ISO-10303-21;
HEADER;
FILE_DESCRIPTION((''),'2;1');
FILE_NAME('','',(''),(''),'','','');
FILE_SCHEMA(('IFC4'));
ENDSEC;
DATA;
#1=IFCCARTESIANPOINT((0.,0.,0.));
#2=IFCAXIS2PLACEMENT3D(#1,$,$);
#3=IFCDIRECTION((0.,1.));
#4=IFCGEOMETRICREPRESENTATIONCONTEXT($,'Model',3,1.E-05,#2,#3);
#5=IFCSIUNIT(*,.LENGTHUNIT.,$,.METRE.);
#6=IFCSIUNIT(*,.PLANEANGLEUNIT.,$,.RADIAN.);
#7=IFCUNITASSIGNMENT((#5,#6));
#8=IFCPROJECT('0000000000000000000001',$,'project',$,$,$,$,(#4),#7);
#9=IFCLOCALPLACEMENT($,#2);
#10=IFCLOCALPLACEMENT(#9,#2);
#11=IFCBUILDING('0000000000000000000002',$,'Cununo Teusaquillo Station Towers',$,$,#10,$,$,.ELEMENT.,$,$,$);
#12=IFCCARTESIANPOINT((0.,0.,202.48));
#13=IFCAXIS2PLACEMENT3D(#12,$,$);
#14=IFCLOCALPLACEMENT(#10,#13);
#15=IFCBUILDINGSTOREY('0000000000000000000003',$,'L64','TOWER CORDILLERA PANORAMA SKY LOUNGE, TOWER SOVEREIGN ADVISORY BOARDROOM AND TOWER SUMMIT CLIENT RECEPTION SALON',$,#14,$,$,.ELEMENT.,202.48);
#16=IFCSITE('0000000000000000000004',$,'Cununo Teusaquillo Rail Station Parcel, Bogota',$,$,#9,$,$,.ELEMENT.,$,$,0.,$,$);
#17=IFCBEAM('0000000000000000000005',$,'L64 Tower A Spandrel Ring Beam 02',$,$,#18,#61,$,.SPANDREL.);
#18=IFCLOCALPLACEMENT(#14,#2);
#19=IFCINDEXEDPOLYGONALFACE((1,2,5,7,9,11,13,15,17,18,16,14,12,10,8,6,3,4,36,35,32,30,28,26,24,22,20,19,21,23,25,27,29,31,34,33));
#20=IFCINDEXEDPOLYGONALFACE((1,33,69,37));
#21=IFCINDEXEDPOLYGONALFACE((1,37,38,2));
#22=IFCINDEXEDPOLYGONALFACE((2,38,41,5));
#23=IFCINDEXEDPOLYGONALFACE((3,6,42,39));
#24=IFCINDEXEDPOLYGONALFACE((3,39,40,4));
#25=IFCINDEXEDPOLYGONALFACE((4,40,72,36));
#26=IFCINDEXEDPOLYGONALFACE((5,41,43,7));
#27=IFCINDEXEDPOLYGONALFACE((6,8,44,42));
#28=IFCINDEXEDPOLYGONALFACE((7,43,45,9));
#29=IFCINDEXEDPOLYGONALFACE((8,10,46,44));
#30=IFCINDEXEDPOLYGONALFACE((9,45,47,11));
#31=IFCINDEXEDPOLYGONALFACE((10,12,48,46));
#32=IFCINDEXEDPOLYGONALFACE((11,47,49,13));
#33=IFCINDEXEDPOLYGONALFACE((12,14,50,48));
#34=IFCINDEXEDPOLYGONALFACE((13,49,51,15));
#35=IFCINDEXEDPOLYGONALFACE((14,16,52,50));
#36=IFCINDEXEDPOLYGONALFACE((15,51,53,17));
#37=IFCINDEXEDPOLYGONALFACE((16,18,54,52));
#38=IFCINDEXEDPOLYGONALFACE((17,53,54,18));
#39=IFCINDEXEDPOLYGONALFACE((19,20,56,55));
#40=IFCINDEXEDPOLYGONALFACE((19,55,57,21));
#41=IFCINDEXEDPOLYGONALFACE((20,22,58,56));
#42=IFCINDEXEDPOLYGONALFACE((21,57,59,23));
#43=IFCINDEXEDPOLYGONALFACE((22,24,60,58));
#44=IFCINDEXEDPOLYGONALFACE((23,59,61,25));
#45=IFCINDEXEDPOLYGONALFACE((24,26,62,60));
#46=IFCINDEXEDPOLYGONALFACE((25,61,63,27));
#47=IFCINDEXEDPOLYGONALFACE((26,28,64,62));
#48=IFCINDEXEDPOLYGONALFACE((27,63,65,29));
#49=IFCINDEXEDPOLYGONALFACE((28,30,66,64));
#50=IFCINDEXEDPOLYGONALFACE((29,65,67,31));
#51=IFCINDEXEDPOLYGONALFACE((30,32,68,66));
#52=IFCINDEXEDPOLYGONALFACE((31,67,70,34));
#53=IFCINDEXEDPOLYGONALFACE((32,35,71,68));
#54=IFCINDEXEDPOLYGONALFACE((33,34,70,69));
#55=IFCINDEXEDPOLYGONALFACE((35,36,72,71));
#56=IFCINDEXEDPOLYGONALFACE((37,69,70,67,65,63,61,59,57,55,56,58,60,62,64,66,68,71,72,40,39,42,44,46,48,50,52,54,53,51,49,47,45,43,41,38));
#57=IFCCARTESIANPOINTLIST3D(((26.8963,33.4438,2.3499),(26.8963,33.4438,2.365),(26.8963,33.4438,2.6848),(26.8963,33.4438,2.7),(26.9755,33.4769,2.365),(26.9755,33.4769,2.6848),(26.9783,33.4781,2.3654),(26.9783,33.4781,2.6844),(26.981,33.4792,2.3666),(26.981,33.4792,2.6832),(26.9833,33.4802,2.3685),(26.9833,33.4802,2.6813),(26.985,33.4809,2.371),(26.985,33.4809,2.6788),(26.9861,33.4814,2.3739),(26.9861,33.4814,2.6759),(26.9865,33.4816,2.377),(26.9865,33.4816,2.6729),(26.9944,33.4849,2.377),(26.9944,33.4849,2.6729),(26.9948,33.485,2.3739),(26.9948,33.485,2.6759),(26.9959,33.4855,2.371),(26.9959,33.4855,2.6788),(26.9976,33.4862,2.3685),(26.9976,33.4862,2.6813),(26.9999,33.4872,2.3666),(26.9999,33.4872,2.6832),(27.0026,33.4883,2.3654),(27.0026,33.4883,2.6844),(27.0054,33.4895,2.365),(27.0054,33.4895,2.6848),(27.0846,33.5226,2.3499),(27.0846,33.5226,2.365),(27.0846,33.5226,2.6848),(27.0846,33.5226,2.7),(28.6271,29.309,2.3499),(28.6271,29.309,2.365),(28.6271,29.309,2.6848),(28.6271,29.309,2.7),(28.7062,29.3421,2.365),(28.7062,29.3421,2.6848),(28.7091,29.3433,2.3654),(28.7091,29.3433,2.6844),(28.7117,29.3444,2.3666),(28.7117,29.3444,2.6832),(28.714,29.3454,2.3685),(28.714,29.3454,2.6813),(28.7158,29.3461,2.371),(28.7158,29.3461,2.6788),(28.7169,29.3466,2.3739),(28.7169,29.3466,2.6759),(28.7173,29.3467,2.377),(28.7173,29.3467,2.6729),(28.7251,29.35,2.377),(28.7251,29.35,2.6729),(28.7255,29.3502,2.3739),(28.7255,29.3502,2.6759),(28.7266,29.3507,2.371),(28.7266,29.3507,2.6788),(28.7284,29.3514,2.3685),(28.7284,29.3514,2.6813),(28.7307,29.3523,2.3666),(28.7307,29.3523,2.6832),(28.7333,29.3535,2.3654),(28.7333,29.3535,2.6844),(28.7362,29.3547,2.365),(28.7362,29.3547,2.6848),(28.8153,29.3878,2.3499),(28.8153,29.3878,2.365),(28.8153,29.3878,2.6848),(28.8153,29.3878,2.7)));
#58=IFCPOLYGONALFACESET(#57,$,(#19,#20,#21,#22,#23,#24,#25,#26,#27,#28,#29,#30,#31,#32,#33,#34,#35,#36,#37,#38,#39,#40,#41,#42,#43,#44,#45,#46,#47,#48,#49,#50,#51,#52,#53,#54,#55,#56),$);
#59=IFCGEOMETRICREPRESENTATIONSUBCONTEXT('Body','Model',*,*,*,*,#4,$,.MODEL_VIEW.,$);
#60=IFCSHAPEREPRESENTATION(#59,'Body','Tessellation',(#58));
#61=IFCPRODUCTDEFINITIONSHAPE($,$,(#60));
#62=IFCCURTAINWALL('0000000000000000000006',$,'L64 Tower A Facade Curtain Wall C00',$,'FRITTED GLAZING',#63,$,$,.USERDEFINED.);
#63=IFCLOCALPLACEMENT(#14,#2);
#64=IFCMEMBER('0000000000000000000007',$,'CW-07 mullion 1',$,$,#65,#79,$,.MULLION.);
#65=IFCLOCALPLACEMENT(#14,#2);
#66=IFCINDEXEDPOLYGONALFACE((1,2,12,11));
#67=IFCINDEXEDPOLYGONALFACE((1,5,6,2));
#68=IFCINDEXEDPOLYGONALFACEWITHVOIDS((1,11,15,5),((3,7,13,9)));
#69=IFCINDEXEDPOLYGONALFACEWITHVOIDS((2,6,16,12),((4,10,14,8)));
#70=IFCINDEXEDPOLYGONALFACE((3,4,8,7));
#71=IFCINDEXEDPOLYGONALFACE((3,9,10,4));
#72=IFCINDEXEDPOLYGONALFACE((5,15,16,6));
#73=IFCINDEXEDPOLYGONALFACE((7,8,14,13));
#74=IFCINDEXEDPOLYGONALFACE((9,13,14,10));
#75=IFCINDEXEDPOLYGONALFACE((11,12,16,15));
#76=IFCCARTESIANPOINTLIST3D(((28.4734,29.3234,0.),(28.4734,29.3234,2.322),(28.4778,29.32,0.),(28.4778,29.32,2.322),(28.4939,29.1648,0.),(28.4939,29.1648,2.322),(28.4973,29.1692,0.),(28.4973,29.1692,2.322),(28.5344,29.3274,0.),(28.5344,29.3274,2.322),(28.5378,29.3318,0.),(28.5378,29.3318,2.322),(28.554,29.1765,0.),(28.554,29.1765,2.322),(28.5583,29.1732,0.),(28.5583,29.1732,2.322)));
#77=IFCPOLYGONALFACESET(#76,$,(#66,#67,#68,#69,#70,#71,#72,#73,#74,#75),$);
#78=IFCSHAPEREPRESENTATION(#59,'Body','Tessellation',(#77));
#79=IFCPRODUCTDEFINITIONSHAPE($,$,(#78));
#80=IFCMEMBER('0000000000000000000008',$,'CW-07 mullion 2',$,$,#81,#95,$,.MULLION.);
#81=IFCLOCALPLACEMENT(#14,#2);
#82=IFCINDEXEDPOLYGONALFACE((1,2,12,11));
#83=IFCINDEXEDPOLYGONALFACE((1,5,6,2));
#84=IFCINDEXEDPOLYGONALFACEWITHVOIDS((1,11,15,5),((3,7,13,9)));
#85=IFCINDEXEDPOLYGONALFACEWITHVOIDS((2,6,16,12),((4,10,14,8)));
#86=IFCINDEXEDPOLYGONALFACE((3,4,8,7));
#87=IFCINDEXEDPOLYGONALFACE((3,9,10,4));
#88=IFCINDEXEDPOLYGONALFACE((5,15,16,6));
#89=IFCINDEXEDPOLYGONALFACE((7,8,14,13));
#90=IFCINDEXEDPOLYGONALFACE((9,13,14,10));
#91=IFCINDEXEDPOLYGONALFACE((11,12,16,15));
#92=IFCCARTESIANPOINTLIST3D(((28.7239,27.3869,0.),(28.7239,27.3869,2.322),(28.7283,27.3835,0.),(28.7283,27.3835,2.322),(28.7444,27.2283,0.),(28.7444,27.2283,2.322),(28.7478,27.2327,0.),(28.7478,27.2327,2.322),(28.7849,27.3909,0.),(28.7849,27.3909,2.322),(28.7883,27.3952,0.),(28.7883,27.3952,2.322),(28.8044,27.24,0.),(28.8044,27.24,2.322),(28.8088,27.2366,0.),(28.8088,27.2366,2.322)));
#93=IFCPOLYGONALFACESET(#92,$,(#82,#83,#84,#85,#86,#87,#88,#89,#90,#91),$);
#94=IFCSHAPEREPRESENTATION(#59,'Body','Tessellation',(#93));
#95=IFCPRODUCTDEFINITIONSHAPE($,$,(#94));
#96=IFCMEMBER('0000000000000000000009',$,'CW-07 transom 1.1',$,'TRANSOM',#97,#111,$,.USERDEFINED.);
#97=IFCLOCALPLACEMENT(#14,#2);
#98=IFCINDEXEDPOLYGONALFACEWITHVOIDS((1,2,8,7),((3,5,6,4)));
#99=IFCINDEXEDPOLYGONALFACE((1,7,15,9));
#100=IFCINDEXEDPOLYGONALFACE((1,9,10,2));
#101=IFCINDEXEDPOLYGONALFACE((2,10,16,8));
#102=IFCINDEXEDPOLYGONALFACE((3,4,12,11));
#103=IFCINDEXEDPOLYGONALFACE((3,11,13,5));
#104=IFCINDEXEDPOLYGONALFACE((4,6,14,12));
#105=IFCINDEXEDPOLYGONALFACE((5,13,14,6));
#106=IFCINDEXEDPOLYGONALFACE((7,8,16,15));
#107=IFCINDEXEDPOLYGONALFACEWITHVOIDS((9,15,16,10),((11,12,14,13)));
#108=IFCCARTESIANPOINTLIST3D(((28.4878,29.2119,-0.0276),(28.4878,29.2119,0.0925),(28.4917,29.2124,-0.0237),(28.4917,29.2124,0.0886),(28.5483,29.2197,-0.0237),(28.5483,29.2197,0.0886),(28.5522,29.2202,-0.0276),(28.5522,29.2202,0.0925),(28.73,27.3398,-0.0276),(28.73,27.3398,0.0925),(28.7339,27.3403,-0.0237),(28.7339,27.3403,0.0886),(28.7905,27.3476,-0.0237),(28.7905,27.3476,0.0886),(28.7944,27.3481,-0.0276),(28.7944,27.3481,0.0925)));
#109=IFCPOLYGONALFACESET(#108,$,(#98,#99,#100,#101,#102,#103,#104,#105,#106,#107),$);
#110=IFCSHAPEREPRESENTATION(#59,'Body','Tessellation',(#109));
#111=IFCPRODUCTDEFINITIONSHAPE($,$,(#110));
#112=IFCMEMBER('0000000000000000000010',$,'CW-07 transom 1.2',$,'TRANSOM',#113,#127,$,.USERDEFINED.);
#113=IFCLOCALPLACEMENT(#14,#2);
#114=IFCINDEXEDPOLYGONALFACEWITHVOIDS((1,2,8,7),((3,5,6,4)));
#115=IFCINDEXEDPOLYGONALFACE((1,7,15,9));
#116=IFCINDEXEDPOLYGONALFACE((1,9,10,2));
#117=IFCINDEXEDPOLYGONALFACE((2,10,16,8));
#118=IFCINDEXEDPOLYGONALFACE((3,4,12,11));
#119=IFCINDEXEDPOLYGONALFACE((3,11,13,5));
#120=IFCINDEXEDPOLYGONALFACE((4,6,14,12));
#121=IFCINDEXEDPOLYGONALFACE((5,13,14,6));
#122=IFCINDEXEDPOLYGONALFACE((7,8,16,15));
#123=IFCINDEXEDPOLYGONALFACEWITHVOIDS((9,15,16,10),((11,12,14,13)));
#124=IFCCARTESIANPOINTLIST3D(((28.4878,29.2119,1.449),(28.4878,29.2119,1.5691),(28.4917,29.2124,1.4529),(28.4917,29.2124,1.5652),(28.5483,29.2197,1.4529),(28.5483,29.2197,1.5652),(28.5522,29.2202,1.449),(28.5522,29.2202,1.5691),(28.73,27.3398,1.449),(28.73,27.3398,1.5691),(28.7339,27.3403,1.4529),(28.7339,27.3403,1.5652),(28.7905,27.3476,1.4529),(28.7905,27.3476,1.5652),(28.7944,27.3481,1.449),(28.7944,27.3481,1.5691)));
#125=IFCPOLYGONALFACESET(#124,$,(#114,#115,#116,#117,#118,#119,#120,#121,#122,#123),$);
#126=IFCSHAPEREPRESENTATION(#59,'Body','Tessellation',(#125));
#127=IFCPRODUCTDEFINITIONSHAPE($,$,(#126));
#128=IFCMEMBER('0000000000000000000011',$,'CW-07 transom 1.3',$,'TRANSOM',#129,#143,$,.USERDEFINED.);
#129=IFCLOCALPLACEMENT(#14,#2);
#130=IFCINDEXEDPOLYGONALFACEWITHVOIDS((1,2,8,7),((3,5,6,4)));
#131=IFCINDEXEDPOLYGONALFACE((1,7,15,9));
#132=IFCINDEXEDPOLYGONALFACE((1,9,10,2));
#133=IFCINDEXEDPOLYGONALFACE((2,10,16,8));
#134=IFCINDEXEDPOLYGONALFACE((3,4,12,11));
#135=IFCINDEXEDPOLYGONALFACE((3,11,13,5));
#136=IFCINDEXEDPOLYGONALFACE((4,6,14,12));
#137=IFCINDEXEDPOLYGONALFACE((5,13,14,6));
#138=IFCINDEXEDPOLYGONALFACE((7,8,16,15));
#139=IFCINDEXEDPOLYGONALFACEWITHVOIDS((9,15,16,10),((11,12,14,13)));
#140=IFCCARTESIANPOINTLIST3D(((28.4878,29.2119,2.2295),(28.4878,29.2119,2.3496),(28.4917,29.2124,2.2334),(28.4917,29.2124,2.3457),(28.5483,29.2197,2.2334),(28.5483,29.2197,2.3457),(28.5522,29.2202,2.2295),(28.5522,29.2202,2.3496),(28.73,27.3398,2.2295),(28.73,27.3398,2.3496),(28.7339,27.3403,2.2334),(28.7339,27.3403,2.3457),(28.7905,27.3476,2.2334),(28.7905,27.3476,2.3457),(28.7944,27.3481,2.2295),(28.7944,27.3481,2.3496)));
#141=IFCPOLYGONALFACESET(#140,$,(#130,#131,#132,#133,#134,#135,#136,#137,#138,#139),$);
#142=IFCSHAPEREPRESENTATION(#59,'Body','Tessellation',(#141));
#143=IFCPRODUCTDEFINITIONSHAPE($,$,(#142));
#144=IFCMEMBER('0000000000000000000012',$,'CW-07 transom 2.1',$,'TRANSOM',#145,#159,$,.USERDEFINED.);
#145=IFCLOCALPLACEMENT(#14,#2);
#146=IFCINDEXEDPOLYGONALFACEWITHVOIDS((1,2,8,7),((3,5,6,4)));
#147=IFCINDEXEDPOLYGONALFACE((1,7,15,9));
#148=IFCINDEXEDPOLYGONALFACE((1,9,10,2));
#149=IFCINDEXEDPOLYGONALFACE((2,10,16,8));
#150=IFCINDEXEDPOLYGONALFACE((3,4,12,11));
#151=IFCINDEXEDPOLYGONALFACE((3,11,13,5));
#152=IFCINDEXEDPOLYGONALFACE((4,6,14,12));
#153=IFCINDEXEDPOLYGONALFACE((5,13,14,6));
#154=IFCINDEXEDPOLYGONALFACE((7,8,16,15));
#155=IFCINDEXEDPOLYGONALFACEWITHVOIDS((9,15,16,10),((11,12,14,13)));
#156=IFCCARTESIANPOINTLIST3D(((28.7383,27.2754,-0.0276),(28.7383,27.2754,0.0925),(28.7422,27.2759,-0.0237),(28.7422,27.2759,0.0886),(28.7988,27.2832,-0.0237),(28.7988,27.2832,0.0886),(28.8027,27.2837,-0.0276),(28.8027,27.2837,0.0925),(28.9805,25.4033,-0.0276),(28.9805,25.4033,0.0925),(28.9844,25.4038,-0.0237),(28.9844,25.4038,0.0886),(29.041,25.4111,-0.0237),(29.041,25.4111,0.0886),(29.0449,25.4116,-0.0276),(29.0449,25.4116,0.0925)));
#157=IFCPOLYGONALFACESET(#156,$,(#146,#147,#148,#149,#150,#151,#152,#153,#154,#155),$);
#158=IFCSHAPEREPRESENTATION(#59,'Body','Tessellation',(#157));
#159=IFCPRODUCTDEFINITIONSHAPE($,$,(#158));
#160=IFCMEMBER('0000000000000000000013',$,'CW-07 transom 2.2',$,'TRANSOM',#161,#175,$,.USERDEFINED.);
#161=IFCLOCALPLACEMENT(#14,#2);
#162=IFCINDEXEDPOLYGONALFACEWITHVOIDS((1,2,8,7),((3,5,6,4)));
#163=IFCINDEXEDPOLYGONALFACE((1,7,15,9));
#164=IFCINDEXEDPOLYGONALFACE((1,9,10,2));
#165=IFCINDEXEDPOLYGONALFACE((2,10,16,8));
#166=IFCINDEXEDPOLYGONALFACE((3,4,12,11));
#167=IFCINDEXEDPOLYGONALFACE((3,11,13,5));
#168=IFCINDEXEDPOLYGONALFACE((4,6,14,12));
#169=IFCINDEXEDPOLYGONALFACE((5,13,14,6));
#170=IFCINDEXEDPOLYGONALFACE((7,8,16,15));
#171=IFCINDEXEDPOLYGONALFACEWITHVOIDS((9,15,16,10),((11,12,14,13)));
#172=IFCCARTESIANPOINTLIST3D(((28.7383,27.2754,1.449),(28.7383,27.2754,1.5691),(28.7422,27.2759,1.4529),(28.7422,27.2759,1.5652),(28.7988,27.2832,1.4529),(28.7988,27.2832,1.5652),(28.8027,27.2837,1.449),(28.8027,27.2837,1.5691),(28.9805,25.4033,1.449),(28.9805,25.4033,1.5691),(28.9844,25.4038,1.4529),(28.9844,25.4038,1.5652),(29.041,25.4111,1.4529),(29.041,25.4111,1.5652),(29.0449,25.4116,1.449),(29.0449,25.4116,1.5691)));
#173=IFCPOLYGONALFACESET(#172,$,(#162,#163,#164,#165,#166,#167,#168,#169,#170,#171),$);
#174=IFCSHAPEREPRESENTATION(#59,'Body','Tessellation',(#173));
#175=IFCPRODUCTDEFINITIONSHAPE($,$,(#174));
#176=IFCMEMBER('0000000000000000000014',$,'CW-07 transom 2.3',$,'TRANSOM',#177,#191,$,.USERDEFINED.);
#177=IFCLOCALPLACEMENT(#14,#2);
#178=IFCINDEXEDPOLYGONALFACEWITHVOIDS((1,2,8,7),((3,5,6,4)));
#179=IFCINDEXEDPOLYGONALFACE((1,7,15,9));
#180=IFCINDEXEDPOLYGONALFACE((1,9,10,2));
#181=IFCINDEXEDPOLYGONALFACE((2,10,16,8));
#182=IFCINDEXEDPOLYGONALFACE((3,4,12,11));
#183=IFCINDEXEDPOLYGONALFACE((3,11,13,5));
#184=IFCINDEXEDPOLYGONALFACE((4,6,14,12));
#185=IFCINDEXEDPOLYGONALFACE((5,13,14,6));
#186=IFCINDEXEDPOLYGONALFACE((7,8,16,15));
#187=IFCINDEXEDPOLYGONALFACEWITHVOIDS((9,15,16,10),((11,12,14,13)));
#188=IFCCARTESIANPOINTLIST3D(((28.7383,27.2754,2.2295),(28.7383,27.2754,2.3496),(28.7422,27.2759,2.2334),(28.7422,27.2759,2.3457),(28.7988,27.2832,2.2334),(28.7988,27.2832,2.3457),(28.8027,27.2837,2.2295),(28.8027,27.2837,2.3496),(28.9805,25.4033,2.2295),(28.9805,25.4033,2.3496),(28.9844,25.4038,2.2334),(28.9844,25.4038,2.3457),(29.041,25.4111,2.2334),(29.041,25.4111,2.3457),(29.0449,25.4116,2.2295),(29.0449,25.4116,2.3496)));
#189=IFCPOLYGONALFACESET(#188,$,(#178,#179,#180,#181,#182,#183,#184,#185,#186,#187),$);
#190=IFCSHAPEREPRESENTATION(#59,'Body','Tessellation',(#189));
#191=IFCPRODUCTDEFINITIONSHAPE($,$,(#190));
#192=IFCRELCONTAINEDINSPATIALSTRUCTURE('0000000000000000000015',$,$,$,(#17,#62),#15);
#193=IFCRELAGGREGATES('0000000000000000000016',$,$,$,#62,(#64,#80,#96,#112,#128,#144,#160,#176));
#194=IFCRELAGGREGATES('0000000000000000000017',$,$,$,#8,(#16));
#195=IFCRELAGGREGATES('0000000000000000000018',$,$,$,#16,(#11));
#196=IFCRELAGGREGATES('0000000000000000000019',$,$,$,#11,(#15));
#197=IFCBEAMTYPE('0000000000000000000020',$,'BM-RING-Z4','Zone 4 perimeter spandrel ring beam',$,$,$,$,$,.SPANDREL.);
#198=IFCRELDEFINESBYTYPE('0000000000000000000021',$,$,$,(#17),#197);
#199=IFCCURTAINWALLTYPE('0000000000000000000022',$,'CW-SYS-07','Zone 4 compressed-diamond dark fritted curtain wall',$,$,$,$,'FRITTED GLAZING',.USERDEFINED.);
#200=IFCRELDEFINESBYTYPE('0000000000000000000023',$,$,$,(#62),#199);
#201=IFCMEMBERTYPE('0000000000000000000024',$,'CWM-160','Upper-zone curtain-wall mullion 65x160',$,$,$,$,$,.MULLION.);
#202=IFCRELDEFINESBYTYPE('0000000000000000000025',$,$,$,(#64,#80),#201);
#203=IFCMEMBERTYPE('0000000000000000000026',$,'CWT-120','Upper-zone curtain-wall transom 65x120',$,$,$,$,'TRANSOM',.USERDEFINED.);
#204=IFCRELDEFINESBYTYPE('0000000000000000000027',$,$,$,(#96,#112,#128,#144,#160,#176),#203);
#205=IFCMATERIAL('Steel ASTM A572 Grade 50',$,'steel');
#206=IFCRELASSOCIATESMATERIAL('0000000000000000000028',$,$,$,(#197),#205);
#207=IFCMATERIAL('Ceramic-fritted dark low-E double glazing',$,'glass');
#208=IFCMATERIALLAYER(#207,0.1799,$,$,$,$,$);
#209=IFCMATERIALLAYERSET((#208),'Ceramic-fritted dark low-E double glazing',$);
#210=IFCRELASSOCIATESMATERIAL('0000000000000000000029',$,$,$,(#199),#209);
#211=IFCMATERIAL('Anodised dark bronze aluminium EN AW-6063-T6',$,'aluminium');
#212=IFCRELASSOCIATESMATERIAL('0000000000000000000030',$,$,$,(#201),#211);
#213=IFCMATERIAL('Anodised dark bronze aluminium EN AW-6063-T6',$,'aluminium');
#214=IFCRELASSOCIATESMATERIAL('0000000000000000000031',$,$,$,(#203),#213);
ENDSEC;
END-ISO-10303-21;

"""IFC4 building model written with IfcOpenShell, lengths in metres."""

from ifc_helpers import new_model, si_unit, direction, frame, origin, origin_2d, place, context, subcontext, project, spatial, hollow_rectangle, i_section, extrude, material, layer, layer_set, material_profile, profile_set, type_object, element, aggregate, save


model = new_model("IFC4")

# Units and contexts
model_context = context("Model", 3, precision=1e-05, world=origin(), true_north=direction((0.0, 1.0)))
body_context = subcontext(model_context, "Body", "Model", "MODEL_VIEW")
ifc_project = project(units=[si_unit("LENGTHUNIT", "METRE"), si_unit("PLANEANGLEUNIT", "RADIAN")], contexts=[model_context])

# Site, building, storey
site_placement = place(None, origin())
site = spatial("IfcSite", under=ifc_project, at=site_placement, Name="Cununo Teusaquillo Rail Station Parcel, Bogota", CompositionType="ELEMENT", RefElevation=0.0)
building_placement = place(site_placement, origin())
building = spatial("IfcBuilding", under=site, at=building_placement, Name="Cununo Teusaquillo Station Towers", CompositionType="ELEMENT")
storey_placement = place(building_placement, frame((0.0, 0.0, 202.48)))
storey = spatial("IfcBuildingStorey", under=building, at=storey_placement, Name="L64", Description="TOWER CORDILLERA PANORAMA SKY LOUNGE, TOWER SOVEREIGN ADVISORY BOARDROOM AND TOWER SUMMIT CLIENT RECEPTION SALON", CompositionType="ELEMENT", Elevation=202.48)

# Beam
ifc_material_1 = material(Name="Steel ASTM A572 Grade 50", Category="steel")
ifc_material_profile_1 = material_profile(ifc_material_1, i_section(OverallWidth=0.2041, OverallDepth=0.3501, WebThickness=0.0085, FlangeThickness=0.0151, FilletRadius=0.012, at=origin_2d()), Name="W14X48")
ifc_profile_set_1 = profile_set([ifc_material_profile_1], Name="Steel ASTM A572 Grade 50")
beam_type_1 = type_object("IfcBeamType", Name="BM-RING-Z4", Description="Zone 4 perimeter spandrel ring beam", PredefinedType="SPANDREL", material=ifc_profile_set_1)
beam_1_placement = place(storey_placement, frame((28.7212, 29.3484, 2.5249), z_axis=(-0.386115, 0.92245, 0.0), x_axis=(-0.92245, -0.386115, 0.0)))
element("IfcBeam", 1, at=beam_1_placement, inside=storey, type_object=beam_type_1, Name="L64 Tower A Spandrel Ring Beam 02", PredefinedType="SPANDREL", context=body_context, shape_type="SweptSolid", body=[
    extrude(i_section(OverallWidth=0.2041, OverallDepth=0.3501, WebThickness=0.0085, FlangeThickness=0.0151, FilletRadius=0.012, at=origin_2d()), origin(), (0.0, 0.0, 1.0), 4.4824),
])

# Curtain wall, members
ifc_material_2 = material(Name="Ceramic-fritted dark low-E double glazing", Category="glass")
ifc_layer_1 = layer(ifc_material_2, 0.1799)
ifc_layer_set_1 = layer_set([ifc_layer_1], Name="Ceramic-fritted dark low-E double glazing")
curtain_wall_type = type_object("IfcCurtainWallType", Name="CW-SYS-07", Description="Zone 4 compressed-diamond dark fritted curtain wall", ElementType="FRITTED GLAZING", PredefinedType="USERDEFINED", material=ifc_layer_set_1)
curtain_wall_placement = place(storey_placement, origin())
curtain_wall = element("IfcCurtainWall", 2, at=curtain_wall_placement, inside=storey, type_object=curtain_wall_type, Name="L64 Tower A Facade Curtain Wall C00", ObjectType="FRITTED GLAZING", PredefinedType="USERDEFINED")
ifc_material_3 = material(Name="Anodised dark bronze aluminium EN AW-6063-T6", Category="aluminium")
ifc_material_profile_2 = material_profile(ifc_material_3, hollow_rectangle(XDim=0.0649, YDim=0.1599, WallThickness=0.0039, at=origin_2d()), Name="CW-MULL-65x160")
ifc_profile_set_2 = profile_set([ifc_material_profile_2], Name="Anodised dark bronze aluminium EN AW-6063-T6")
member_type_1 = type_object("IfcMemberType", Name="CWM-160", Description="Upper-zone curtain-wall mullion 65x160", PredefinedType="MULLION", material=ifc_profile_set_2)
member_1_placement = place(storey_placement, frame((28.5159, 29.2483, 0.0), z_axis=(0.0, 0.0, 1.0), x_axis=(0.991742, 0.128253, 0.0)))
member_1 = element("IfcMember", 3, at=member_1_placement, type_object=member_type_1, Name="CW-07 mullion 1", PredefinedType="MULLION", context=body_context, shape_type="SweptSolid", body=[
    extrude(hollow_rectangle(XDim=0.0649, YDim=0.1599, WallThickness=0.0039, at=origin_2d()), origin(), (0.0, 0.0, 1.0), 2.322),
])
member_2_placement = place(storey_placement, frame((28.7664, 27.3118, 0.0), z_axis=(0.0, 0.0, 1.0), x_axis=(0.991742, 0.128253, 0.0)))
member_2 = element("IfcMember", 4, at=member_2_placement, type_object=member_type_1, Name="CW-07 mullion 2", PredefinedType="MULLION", context=body_context, shape_type="SweptSolid", body=[
    extrude(hollow_rectangle(XDim=0.0649, YDim=0.1599, WallThickness=0.0039, at=origin_2d()), origin(), (0.0, 0.0, 1.0), 2.322),
])
ifc_material_4 = material(Name="Anodised dark bronze aluminium EN AW-6063-T6", Category="aluminium")
ifc_material_profile_3 = material_profile(ifc_material_4, hollow_rectangle(XDim=0.0649, YDim=0.1201, WallThickness=0.0039, at=origin_2d()), Name="CW-TRAN-65x120")
ifc_profile_set_3 = profile_set([ifc_material_profile_3], Name="Anodised dark bronze aluminium EN AW-6063-T6")
member_type_2 = type_object("IfcMemberType", Name="CWT-120", Description="Upper-zone curtain-wall transom 65x120", ElementType="TRANSOM", PredefinedType="USERDEFINED", material=ifc_profile_set_3)
member_3_placement = place(storey_placement, frame((28.52, 29.2161, 0.0325), z_axis=(0.1283, -0.991735, 0.0), x_axis=(0.991735, 0.1283, 0.0)))
member_3 = element("IfcMember", 5, at=member_3_placement, type_object=member_type_2, Name="CW-07 transom 1.1", ObjectType="TRANSOM", PredefinedType="USERDEFINED", context=body_context, shape_type="SweptSolid", body=[
    extrude(hollow_rectangle(XDim=0.0649, YDim=0.1201, WallThickness=0.0039, at=origin_2d()), origin(), (0.0, 0.0, 1.0), 1.8877),
])
member_4_placement = place(storey_placement, frame((28.52, 29.2161, 1.509), z_axis=(0.1283, -0.991735, 0.0), x_axis=(0.991735, 0.1283, 0.0)))
member_4 = element("IfcMember", 6, at=member_4_placement, type_object=member_type_2, Name="CW-07 transom 1.2", ObjectType="TRANSOM", PredefinedType="USERDEFINED", context=body_context, shape_type="SweptSolid", body=[
    extrude(hollow_rectangle(XDim=0.0649, YDim=0.1201, WallThickness=0.0039, at=origin_2d()), origin(), (0.0, 0.0, 1.0), 1.8877),
])
member_5_placement = place(storey_placement, frame((28.52, 29.2161, 2.2896), z_axis=(0.1283, -0.991735, 0.0), x_axis=(0.991735, 0.1283, 0.0)))
member_5 = element("IfcMember", 7, at=member_5_placement, type_object=member_type_2, Name="CW-07 transom 1.3", ObjectType="TRANSOM", PredefinedType="USERDEFINED", context=body_context, shape_type="SweptSolid", body=[
    extrude(hollow_rectangle(XDim=0.0649, YDim=0.1201, WallThickness=0.0039, at=origin_2d()), origin(), (0.0, 0.0, 1.0), 1.8877),
])
member_6_placement = place(storey_placement, frame((28.7705, 27.2795, 0.0325), z_axis=(0.1283, -0.991735, 0.0), x_axis=(0.991735, 0.1283, 0.0)))
member_6 = element("IfcMember", 8, at=member_6_placement, type_object=member_type_2, Name="CW-07 transom 2.1", ObjectType="TRANSOM", PredefinedType="USERDEFINED", context=body_context, shape_type="SweptSolid", body=[
    extrude(hollow_rectangle(XDim=0.0649, YDim=0.1201, WallThickness=0.0039, at=origin_2d()), origin(), (0.0, 0.0, 1.0), 1.8877),
])
member_7_placement = place(storey_placement, frame((28.7705, 27.2795, 1.509), z_axis=(0.1283, -0.991735, 0.0), x_axis=(0.991735, 0.1283, 0.0)))
member_7 = element("IfcMember", 9, at=member_7_placement, type_object=member_type_2, Name="CW-07 transom 2.2", ObjectType="TRANSOM", PredefinedType="USERDEFINED", context=body_context, shape_type="SweptSolid", body=[
    extrude(hollow_rectangle(XDim=0.0649, YDim=0.1201, WallThickness=0.0039, at=origin_2d()), origin(), (0.0, 0.0, 1.0), 1.8877),
])
member_8_placement = place(storey_placement, frame((28.7705, 27.2795, 2.2896), z_axis=(0.1283, -0.991735, 0.0), x_axis=(0.991735, 0.1283, 0.0)))
member_8 = element("IfcMember", 10, at=member_8_placement, type_object=member_type_2, Name="CW-07 transom 2.3", ObjectType="TRANSOM", PredefinedType="USERDEFINED", context=body_context, shape_type="SweptSolid", body=[
    extrude(hollow_rectangle(XDim=0.0649, YDim=0.1201, WallThickness=0.0039, at=origin_2d()), origin(), (0.0, 0.0, 1.0), 1.8877),
])

aggregate(curtain_wall, [member_1, member_2, member_3, member_4, member_5, member_6, member_7, member_8])

save(model, "model.ifc")
